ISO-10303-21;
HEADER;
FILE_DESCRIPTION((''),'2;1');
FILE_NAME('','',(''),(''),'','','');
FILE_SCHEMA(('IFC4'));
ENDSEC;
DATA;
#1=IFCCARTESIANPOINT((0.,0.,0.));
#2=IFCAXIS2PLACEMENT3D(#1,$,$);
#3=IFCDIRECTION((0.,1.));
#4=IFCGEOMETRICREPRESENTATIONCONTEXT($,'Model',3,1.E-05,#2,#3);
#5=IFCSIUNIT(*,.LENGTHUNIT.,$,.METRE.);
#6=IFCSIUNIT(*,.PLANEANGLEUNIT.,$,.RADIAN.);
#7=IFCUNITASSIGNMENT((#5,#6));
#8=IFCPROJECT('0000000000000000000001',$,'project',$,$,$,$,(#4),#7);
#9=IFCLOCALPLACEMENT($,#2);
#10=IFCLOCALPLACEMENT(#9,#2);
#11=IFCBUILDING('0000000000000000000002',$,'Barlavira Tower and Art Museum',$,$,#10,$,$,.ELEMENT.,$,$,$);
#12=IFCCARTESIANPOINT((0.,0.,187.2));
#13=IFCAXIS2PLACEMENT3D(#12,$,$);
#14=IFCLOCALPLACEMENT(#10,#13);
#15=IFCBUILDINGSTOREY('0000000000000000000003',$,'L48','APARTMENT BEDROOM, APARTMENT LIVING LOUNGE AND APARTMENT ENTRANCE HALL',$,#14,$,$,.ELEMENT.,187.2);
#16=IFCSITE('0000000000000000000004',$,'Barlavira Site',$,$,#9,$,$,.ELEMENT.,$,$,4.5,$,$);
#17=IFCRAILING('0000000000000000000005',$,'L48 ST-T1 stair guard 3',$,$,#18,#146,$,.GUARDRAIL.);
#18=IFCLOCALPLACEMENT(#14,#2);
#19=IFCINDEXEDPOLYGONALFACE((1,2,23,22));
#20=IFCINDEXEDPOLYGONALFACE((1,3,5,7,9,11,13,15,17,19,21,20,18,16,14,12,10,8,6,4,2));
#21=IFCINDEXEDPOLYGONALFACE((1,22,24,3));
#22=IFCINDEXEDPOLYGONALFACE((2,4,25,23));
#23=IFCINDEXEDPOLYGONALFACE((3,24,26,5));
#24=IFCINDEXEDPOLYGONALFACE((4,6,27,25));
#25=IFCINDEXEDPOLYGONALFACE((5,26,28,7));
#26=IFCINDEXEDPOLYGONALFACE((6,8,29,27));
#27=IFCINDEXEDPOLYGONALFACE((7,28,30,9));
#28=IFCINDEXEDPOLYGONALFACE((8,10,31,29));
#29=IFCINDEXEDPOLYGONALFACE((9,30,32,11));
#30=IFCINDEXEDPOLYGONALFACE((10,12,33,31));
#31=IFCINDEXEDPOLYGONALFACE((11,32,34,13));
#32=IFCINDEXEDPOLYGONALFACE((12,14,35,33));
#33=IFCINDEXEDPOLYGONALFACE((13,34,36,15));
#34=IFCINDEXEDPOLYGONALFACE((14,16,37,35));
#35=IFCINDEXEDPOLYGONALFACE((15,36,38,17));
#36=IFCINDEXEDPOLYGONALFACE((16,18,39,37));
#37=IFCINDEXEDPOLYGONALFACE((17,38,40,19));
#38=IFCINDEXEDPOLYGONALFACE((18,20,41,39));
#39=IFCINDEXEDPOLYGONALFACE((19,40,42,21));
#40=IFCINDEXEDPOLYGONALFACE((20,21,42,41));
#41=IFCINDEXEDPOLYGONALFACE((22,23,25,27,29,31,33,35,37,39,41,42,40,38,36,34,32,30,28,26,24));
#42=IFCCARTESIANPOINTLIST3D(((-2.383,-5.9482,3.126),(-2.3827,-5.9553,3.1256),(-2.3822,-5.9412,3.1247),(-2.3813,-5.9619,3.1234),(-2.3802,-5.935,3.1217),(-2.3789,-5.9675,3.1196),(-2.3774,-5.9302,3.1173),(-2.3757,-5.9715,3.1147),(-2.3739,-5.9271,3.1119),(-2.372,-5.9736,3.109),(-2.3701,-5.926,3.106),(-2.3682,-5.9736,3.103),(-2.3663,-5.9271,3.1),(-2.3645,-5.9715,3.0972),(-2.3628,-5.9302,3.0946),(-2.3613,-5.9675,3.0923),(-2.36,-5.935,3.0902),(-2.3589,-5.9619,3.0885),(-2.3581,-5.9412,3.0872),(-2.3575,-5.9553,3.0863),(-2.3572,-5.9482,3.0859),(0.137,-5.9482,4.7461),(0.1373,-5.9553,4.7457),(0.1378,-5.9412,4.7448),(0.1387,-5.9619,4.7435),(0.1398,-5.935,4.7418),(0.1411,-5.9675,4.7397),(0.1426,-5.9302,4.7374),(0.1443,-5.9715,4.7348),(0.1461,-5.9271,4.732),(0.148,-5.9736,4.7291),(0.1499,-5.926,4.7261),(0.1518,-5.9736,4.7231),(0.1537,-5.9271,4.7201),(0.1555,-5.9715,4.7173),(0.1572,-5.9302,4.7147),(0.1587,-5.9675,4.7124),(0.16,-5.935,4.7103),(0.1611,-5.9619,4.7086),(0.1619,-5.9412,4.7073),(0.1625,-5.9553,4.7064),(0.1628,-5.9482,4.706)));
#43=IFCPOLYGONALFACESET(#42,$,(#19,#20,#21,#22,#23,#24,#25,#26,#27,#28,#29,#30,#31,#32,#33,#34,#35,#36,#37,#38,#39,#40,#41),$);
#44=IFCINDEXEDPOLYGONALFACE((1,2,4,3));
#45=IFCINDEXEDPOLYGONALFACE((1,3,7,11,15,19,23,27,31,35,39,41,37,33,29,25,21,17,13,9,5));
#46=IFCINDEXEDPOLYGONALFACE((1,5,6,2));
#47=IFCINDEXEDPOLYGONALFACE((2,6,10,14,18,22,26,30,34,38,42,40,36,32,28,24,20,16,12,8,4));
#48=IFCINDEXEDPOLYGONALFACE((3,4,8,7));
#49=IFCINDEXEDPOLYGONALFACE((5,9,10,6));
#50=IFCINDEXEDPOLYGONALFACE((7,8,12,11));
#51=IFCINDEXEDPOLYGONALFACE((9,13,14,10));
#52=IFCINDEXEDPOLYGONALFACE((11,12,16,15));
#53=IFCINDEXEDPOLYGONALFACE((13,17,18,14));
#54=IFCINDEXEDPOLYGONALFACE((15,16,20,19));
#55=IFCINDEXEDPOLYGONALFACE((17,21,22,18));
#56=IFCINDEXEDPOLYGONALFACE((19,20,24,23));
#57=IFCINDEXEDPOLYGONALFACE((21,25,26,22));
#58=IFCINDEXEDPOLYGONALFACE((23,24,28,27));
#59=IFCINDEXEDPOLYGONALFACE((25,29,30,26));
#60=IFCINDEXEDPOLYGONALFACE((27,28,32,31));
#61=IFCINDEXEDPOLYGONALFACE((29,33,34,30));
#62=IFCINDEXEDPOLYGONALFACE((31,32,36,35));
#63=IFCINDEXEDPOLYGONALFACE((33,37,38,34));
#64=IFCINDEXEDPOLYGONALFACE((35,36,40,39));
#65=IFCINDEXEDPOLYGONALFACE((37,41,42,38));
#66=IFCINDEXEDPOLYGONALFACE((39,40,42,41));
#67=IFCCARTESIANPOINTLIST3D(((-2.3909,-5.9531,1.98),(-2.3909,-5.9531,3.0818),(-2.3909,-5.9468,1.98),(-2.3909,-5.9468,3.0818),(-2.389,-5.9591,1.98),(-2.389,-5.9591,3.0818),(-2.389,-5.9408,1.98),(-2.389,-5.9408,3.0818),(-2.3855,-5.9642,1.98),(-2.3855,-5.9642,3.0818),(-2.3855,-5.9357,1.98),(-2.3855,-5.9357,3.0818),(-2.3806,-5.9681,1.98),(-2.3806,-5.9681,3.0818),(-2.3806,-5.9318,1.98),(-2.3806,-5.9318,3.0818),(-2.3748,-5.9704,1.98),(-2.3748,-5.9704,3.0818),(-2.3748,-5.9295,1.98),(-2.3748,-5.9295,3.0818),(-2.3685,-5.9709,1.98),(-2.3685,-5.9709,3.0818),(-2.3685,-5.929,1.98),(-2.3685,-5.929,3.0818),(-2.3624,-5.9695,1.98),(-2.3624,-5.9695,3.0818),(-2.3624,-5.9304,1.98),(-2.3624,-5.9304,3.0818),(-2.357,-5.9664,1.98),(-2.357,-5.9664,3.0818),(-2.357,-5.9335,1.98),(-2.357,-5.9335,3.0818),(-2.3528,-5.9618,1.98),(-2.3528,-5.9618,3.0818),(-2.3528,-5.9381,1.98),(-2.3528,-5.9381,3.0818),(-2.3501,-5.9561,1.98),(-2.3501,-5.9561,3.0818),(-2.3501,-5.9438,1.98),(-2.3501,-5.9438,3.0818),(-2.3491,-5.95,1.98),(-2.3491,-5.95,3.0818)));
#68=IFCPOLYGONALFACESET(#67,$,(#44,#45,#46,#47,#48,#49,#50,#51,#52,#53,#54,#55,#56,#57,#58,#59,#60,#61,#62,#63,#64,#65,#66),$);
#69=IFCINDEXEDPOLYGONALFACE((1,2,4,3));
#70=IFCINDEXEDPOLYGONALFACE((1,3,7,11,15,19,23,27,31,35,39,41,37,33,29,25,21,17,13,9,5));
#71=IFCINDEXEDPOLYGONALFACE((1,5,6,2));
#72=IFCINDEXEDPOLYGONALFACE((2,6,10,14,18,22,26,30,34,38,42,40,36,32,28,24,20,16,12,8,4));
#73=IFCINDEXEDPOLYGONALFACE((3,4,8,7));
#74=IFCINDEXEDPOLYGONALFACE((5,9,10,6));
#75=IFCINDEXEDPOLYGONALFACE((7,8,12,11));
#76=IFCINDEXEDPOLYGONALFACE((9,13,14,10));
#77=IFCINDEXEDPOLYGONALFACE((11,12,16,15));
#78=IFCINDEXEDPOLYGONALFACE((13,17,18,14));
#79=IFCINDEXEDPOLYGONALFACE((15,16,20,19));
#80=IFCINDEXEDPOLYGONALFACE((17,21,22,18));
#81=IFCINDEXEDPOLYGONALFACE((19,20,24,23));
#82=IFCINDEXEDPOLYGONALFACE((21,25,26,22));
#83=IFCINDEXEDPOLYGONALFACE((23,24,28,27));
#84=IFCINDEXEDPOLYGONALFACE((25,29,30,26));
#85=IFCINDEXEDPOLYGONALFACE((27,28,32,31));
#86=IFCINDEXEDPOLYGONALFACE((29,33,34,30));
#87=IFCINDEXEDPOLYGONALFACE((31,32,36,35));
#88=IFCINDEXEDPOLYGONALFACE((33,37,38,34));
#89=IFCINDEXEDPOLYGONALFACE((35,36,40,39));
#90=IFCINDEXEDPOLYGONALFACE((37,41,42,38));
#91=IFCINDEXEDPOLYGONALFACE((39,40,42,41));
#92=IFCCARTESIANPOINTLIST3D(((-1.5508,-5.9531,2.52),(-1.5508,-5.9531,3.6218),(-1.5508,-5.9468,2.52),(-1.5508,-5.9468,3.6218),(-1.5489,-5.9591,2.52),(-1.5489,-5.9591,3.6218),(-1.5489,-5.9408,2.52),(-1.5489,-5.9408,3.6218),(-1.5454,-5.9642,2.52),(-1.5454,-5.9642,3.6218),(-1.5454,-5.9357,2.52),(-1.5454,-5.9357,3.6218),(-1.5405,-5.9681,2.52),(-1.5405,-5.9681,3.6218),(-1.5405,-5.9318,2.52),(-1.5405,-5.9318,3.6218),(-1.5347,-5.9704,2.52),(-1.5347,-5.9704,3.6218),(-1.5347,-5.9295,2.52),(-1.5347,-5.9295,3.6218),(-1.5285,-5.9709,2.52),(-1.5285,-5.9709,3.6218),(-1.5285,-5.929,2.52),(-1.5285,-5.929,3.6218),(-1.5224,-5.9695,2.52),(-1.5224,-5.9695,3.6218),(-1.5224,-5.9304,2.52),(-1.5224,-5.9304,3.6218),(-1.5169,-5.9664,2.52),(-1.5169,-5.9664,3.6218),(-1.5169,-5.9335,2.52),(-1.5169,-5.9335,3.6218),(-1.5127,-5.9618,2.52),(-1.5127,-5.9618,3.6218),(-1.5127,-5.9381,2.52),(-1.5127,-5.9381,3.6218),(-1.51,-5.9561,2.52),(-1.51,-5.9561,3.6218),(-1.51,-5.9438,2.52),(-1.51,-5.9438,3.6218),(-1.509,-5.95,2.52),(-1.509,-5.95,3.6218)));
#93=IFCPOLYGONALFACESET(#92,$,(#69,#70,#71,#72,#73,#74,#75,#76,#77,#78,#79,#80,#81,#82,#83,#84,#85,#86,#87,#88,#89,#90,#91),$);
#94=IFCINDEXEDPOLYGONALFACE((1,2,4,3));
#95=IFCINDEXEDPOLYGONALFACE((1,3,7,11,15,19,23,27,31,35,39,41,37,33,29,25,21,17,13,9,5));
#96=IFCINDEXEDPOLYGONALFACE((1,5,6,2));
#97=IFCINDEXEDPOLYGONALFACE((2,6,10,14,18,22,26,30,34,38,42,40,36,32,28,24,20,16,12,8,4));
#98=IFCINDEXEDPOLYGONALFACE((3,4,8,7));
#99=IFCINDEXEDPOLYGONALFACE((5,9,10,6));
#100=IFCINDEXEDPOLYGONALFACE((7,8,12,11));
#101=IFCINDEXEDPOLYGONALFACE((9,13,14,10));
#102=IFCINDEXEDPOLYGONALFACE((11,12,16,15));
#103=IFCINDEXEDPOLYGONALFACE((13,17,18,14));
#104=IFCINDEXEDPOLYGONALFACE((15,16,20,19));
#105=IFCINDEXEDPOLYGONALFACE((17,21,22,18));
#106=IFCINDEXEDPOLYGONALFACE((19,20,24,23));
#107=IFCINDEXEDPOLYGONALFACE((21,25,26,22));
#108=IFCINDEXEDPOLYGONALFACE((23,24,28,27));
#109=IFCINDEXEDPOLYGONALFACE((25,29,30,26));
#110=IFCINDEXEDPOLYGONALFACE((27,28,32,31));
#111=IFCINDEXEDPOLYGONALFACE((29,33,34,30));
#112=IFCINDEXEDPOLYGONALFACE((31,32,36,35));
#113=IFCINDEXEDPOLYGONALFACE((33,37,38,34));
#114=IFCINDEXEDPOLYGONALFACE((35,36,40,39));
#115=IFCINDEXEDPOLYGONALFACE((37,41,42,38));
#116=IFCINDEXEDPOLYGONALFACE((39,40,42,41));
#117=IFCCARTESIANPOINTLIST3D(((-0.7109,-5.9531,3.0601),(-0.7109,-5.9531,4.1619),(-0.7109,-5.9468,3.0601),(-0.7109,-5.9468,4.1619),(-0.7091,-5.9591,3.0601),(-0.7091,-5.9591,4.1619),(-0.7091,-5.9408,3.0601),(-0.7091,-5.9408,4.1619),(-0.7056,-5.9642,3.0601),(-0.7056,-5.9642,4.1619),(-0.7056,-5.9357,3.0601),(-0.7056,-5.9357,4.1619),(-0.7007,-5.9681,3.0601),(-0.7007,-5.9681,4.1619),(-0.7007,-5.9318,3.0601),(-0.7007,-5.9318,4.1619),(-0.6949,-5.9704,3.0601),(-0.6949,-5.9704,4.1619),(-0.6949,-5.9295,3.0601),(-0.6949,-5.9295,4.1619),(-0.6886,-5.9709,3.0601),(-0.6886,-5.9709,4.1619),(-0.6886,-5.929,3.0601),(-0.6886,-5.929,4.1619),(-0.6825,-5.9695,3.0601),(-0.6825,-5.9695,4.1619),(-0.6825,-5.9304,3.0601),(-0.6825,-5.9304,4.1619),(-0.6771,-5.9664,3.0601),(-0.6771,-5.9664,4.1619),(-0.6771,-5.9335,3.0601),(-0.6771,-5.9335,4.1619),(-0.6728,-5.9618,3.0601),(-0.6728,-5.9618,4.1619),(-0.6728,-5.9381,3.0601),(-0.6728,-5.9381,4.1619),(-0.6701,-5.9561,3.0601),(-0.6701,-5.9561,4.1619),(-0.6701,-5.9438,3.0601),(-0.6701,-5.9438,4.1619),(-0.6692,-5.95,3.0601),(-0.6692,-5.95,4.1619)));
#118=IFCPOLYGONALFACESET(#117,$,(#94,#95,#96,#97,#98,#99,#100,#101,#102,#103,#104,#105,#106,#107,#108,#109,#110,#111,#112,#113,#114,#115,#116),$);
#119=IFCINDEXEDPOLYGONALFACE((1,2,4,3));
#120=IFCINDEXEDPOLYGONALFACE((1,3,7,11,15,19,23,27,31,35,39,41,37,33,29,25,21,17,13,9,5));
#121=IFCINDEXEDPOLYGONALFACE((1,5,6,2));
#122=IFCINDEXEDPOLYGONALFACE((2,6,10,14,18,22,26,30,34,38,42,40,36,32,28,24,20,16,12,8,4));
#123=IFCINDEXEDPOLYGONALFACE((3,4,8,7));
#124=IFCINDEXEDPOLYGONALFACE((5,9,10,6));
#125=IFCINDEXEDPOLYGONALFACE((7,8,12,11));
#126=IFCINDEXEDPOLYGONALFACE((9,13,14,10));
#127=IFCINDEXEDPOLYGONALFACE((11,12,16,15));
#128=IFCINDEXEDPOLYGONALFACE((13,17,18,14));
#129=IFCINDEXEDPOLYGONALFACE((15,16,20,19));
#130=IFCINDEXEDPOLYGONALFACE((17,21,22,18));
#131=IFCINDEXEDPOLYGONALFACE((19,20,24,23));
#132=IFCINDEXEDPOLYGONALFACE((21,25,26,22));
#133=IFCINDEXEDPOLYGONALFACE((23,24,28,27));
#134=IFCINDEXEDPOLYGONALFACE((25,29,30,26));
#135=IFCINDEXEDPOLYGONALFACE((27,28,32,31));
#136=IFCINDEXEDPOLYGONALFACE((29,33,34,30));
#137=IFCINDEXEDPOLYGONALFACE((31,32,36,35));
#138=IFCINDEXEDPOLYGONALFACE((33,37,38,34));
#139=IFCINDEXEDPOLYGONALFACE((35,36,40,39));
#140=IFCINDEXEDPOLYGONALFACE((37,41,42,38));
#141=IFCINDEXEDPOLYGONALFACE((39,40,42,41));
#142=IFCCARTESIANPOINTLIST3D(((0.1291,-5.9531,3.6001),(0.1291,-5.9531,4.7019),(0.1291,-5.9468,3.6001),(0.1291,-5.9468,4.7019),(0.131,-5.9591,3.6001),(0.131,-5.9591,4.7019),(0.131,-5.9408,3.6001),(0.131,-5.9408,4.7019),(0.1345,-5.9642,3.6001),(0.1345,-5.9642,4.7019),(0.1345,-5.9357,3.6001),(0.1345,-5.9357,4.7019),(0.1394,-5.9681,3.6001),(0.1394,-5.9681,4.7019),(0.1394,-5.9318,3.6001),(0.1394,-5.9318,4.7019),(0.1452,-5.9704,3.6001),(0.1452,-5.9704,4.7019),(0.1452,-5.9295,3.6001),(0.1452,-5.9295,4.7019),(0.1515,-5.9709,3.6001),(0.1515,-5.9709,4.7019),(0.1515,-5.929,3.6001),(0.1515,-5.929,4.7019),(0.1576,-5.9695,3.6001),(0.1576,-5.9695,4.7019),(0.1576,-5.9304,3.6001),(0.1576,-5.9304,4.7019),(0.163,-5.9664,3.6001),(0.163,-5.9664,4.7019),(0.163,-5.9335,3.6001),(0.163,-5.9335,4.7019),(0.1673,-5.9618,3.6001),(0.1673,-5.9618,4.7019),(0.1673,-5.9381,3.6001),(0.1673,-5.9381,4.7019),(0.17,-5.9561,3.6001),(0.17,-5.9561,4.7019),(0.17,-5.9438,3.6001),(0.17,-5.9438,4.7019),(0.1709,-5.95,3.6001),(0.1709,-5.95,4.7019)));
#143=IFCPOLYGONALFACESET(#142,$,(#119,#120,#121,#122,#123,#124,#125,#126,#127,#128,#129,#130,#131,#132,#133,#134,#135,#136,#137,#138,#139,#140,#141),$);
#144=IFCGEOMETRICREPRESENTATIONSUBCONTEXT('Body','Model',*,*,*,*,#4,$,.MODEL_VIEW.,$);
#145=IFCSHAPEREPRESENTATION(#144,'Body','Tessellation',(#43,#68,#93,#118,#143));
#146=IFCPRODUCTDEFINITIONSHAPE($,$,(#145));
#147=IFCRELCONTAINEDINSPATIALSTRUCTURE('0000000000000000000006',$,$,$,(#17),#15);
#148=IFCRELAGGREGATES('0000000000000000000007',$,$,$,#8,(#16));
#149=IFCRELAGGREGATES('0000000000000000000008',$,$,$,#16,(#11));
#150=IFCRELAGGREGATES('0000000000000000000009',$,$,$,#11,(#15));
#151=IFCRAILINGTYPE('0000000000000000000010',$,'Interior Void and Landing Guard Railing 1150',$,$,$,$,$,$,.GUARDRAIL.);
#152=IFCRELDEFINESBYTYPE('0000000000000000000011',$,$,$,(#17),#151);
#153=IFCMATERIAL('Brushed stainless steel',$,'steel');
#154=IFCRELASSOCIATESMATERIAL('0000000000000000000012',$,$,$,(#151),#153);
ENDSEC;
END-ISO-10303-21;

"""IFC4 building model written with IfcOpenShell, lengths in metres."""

from ifc_helpers import new_model, si_unit, direction, frame, origin, origin_2d, place, context, subcontext, project, spatial, circle, extrude, material, type_object, element, save


model = new_model("IFC4")

# Units and contexts
model_context = context("Model", 3, precision=1e-05, world=origin(), true_north=direction((0.0, 1.0)))
body_context = subcontext(model_context, "Body", "Model", "MODEL_VIEW")
ifc_project = project(units=[si_unit("LENGTHUNIT", "METRE"), si_unit("PLANEANGLEUNIT", "RADIAN")], contexts=[model_context])

# Site, building, storey
site_placement = place(None, origin())
site = spatial("IfcSite", under=ifc_project, at=site_placement, Name="Barlavira Site", CompositionType="ELEMENT", RefElevation=4.5)
building_placement = place(site_placement, origin())
building = spatial("IfcBuilding", under=site, at=building_placement, Name="Barlavira Tower and Art Museum", CompositionType="ELEMENT")
storey_placement = place(building_placement, frame((0.0, 0.0, 187.2)))
storey = spatial("IfcBuildingStorey", under=building, at=storey_placement, Name="L48", Description="APARTMENT BEDROOM, APARTMENT LIVING LOUNGE AND APARTMENT ENTRANCE HALL", CompositionType="ELEMENT", Elevation=187.2)

# Shared definitions
ifc_material_1 = material(Name="Brushed stainless steel", Category="steel")

# Railing
railing_type_1 = type_object("IfcRailingType", Name="Interior Void and Landing Guard Railing 1150", PredefinedType="GUARDRAIL", material=ifc_material_1)
railing_1_placement = place(storey_placement, frame((-2.3701, -5.95, 1.98)))
element("IfcRailing", 1, at=railing_1_placement, inside=storey, type_object=railing_type_1, Name="L48 ST-T1 stair guard 3", PredefinedType="GUARDRAIL", context=body_context, shape_type="SweptSolid", body=[
    extrude(circle(Radius=0.0239, at=origin_2d()), frame((0.0, 0.0, 1.126), z_axis=(0.841163, 0.0, 0.540782), x_axis=(0.0, 1.0, 0.0)), (0.0, 0.0, 1.0), 2.9958),
    extrude(circle(Radius=0.021, at=origin_2d()), origin(), (0.0, 0.0, 1.0), 1.1018),
    extrude(circle(Radius=0.021, at=origin_2d()), frame((0.8401, 0.0, 0.54)), (0.0, 0.0, 1.0), 1.1018),
    extrude(circle(Radius=0.021, at=origin_2d()), frame((1.6799, 0.0, 1.0801)), (0.0, 0.0, 1.0), 1.1018),
    extrude(circle(Radius=0.021, at=origin_2d()), frame((2.52, 0.0, 1.6201)), (0.0, 0.0, 1.0), 1.1018),
])

save(model, "model.ifc")
